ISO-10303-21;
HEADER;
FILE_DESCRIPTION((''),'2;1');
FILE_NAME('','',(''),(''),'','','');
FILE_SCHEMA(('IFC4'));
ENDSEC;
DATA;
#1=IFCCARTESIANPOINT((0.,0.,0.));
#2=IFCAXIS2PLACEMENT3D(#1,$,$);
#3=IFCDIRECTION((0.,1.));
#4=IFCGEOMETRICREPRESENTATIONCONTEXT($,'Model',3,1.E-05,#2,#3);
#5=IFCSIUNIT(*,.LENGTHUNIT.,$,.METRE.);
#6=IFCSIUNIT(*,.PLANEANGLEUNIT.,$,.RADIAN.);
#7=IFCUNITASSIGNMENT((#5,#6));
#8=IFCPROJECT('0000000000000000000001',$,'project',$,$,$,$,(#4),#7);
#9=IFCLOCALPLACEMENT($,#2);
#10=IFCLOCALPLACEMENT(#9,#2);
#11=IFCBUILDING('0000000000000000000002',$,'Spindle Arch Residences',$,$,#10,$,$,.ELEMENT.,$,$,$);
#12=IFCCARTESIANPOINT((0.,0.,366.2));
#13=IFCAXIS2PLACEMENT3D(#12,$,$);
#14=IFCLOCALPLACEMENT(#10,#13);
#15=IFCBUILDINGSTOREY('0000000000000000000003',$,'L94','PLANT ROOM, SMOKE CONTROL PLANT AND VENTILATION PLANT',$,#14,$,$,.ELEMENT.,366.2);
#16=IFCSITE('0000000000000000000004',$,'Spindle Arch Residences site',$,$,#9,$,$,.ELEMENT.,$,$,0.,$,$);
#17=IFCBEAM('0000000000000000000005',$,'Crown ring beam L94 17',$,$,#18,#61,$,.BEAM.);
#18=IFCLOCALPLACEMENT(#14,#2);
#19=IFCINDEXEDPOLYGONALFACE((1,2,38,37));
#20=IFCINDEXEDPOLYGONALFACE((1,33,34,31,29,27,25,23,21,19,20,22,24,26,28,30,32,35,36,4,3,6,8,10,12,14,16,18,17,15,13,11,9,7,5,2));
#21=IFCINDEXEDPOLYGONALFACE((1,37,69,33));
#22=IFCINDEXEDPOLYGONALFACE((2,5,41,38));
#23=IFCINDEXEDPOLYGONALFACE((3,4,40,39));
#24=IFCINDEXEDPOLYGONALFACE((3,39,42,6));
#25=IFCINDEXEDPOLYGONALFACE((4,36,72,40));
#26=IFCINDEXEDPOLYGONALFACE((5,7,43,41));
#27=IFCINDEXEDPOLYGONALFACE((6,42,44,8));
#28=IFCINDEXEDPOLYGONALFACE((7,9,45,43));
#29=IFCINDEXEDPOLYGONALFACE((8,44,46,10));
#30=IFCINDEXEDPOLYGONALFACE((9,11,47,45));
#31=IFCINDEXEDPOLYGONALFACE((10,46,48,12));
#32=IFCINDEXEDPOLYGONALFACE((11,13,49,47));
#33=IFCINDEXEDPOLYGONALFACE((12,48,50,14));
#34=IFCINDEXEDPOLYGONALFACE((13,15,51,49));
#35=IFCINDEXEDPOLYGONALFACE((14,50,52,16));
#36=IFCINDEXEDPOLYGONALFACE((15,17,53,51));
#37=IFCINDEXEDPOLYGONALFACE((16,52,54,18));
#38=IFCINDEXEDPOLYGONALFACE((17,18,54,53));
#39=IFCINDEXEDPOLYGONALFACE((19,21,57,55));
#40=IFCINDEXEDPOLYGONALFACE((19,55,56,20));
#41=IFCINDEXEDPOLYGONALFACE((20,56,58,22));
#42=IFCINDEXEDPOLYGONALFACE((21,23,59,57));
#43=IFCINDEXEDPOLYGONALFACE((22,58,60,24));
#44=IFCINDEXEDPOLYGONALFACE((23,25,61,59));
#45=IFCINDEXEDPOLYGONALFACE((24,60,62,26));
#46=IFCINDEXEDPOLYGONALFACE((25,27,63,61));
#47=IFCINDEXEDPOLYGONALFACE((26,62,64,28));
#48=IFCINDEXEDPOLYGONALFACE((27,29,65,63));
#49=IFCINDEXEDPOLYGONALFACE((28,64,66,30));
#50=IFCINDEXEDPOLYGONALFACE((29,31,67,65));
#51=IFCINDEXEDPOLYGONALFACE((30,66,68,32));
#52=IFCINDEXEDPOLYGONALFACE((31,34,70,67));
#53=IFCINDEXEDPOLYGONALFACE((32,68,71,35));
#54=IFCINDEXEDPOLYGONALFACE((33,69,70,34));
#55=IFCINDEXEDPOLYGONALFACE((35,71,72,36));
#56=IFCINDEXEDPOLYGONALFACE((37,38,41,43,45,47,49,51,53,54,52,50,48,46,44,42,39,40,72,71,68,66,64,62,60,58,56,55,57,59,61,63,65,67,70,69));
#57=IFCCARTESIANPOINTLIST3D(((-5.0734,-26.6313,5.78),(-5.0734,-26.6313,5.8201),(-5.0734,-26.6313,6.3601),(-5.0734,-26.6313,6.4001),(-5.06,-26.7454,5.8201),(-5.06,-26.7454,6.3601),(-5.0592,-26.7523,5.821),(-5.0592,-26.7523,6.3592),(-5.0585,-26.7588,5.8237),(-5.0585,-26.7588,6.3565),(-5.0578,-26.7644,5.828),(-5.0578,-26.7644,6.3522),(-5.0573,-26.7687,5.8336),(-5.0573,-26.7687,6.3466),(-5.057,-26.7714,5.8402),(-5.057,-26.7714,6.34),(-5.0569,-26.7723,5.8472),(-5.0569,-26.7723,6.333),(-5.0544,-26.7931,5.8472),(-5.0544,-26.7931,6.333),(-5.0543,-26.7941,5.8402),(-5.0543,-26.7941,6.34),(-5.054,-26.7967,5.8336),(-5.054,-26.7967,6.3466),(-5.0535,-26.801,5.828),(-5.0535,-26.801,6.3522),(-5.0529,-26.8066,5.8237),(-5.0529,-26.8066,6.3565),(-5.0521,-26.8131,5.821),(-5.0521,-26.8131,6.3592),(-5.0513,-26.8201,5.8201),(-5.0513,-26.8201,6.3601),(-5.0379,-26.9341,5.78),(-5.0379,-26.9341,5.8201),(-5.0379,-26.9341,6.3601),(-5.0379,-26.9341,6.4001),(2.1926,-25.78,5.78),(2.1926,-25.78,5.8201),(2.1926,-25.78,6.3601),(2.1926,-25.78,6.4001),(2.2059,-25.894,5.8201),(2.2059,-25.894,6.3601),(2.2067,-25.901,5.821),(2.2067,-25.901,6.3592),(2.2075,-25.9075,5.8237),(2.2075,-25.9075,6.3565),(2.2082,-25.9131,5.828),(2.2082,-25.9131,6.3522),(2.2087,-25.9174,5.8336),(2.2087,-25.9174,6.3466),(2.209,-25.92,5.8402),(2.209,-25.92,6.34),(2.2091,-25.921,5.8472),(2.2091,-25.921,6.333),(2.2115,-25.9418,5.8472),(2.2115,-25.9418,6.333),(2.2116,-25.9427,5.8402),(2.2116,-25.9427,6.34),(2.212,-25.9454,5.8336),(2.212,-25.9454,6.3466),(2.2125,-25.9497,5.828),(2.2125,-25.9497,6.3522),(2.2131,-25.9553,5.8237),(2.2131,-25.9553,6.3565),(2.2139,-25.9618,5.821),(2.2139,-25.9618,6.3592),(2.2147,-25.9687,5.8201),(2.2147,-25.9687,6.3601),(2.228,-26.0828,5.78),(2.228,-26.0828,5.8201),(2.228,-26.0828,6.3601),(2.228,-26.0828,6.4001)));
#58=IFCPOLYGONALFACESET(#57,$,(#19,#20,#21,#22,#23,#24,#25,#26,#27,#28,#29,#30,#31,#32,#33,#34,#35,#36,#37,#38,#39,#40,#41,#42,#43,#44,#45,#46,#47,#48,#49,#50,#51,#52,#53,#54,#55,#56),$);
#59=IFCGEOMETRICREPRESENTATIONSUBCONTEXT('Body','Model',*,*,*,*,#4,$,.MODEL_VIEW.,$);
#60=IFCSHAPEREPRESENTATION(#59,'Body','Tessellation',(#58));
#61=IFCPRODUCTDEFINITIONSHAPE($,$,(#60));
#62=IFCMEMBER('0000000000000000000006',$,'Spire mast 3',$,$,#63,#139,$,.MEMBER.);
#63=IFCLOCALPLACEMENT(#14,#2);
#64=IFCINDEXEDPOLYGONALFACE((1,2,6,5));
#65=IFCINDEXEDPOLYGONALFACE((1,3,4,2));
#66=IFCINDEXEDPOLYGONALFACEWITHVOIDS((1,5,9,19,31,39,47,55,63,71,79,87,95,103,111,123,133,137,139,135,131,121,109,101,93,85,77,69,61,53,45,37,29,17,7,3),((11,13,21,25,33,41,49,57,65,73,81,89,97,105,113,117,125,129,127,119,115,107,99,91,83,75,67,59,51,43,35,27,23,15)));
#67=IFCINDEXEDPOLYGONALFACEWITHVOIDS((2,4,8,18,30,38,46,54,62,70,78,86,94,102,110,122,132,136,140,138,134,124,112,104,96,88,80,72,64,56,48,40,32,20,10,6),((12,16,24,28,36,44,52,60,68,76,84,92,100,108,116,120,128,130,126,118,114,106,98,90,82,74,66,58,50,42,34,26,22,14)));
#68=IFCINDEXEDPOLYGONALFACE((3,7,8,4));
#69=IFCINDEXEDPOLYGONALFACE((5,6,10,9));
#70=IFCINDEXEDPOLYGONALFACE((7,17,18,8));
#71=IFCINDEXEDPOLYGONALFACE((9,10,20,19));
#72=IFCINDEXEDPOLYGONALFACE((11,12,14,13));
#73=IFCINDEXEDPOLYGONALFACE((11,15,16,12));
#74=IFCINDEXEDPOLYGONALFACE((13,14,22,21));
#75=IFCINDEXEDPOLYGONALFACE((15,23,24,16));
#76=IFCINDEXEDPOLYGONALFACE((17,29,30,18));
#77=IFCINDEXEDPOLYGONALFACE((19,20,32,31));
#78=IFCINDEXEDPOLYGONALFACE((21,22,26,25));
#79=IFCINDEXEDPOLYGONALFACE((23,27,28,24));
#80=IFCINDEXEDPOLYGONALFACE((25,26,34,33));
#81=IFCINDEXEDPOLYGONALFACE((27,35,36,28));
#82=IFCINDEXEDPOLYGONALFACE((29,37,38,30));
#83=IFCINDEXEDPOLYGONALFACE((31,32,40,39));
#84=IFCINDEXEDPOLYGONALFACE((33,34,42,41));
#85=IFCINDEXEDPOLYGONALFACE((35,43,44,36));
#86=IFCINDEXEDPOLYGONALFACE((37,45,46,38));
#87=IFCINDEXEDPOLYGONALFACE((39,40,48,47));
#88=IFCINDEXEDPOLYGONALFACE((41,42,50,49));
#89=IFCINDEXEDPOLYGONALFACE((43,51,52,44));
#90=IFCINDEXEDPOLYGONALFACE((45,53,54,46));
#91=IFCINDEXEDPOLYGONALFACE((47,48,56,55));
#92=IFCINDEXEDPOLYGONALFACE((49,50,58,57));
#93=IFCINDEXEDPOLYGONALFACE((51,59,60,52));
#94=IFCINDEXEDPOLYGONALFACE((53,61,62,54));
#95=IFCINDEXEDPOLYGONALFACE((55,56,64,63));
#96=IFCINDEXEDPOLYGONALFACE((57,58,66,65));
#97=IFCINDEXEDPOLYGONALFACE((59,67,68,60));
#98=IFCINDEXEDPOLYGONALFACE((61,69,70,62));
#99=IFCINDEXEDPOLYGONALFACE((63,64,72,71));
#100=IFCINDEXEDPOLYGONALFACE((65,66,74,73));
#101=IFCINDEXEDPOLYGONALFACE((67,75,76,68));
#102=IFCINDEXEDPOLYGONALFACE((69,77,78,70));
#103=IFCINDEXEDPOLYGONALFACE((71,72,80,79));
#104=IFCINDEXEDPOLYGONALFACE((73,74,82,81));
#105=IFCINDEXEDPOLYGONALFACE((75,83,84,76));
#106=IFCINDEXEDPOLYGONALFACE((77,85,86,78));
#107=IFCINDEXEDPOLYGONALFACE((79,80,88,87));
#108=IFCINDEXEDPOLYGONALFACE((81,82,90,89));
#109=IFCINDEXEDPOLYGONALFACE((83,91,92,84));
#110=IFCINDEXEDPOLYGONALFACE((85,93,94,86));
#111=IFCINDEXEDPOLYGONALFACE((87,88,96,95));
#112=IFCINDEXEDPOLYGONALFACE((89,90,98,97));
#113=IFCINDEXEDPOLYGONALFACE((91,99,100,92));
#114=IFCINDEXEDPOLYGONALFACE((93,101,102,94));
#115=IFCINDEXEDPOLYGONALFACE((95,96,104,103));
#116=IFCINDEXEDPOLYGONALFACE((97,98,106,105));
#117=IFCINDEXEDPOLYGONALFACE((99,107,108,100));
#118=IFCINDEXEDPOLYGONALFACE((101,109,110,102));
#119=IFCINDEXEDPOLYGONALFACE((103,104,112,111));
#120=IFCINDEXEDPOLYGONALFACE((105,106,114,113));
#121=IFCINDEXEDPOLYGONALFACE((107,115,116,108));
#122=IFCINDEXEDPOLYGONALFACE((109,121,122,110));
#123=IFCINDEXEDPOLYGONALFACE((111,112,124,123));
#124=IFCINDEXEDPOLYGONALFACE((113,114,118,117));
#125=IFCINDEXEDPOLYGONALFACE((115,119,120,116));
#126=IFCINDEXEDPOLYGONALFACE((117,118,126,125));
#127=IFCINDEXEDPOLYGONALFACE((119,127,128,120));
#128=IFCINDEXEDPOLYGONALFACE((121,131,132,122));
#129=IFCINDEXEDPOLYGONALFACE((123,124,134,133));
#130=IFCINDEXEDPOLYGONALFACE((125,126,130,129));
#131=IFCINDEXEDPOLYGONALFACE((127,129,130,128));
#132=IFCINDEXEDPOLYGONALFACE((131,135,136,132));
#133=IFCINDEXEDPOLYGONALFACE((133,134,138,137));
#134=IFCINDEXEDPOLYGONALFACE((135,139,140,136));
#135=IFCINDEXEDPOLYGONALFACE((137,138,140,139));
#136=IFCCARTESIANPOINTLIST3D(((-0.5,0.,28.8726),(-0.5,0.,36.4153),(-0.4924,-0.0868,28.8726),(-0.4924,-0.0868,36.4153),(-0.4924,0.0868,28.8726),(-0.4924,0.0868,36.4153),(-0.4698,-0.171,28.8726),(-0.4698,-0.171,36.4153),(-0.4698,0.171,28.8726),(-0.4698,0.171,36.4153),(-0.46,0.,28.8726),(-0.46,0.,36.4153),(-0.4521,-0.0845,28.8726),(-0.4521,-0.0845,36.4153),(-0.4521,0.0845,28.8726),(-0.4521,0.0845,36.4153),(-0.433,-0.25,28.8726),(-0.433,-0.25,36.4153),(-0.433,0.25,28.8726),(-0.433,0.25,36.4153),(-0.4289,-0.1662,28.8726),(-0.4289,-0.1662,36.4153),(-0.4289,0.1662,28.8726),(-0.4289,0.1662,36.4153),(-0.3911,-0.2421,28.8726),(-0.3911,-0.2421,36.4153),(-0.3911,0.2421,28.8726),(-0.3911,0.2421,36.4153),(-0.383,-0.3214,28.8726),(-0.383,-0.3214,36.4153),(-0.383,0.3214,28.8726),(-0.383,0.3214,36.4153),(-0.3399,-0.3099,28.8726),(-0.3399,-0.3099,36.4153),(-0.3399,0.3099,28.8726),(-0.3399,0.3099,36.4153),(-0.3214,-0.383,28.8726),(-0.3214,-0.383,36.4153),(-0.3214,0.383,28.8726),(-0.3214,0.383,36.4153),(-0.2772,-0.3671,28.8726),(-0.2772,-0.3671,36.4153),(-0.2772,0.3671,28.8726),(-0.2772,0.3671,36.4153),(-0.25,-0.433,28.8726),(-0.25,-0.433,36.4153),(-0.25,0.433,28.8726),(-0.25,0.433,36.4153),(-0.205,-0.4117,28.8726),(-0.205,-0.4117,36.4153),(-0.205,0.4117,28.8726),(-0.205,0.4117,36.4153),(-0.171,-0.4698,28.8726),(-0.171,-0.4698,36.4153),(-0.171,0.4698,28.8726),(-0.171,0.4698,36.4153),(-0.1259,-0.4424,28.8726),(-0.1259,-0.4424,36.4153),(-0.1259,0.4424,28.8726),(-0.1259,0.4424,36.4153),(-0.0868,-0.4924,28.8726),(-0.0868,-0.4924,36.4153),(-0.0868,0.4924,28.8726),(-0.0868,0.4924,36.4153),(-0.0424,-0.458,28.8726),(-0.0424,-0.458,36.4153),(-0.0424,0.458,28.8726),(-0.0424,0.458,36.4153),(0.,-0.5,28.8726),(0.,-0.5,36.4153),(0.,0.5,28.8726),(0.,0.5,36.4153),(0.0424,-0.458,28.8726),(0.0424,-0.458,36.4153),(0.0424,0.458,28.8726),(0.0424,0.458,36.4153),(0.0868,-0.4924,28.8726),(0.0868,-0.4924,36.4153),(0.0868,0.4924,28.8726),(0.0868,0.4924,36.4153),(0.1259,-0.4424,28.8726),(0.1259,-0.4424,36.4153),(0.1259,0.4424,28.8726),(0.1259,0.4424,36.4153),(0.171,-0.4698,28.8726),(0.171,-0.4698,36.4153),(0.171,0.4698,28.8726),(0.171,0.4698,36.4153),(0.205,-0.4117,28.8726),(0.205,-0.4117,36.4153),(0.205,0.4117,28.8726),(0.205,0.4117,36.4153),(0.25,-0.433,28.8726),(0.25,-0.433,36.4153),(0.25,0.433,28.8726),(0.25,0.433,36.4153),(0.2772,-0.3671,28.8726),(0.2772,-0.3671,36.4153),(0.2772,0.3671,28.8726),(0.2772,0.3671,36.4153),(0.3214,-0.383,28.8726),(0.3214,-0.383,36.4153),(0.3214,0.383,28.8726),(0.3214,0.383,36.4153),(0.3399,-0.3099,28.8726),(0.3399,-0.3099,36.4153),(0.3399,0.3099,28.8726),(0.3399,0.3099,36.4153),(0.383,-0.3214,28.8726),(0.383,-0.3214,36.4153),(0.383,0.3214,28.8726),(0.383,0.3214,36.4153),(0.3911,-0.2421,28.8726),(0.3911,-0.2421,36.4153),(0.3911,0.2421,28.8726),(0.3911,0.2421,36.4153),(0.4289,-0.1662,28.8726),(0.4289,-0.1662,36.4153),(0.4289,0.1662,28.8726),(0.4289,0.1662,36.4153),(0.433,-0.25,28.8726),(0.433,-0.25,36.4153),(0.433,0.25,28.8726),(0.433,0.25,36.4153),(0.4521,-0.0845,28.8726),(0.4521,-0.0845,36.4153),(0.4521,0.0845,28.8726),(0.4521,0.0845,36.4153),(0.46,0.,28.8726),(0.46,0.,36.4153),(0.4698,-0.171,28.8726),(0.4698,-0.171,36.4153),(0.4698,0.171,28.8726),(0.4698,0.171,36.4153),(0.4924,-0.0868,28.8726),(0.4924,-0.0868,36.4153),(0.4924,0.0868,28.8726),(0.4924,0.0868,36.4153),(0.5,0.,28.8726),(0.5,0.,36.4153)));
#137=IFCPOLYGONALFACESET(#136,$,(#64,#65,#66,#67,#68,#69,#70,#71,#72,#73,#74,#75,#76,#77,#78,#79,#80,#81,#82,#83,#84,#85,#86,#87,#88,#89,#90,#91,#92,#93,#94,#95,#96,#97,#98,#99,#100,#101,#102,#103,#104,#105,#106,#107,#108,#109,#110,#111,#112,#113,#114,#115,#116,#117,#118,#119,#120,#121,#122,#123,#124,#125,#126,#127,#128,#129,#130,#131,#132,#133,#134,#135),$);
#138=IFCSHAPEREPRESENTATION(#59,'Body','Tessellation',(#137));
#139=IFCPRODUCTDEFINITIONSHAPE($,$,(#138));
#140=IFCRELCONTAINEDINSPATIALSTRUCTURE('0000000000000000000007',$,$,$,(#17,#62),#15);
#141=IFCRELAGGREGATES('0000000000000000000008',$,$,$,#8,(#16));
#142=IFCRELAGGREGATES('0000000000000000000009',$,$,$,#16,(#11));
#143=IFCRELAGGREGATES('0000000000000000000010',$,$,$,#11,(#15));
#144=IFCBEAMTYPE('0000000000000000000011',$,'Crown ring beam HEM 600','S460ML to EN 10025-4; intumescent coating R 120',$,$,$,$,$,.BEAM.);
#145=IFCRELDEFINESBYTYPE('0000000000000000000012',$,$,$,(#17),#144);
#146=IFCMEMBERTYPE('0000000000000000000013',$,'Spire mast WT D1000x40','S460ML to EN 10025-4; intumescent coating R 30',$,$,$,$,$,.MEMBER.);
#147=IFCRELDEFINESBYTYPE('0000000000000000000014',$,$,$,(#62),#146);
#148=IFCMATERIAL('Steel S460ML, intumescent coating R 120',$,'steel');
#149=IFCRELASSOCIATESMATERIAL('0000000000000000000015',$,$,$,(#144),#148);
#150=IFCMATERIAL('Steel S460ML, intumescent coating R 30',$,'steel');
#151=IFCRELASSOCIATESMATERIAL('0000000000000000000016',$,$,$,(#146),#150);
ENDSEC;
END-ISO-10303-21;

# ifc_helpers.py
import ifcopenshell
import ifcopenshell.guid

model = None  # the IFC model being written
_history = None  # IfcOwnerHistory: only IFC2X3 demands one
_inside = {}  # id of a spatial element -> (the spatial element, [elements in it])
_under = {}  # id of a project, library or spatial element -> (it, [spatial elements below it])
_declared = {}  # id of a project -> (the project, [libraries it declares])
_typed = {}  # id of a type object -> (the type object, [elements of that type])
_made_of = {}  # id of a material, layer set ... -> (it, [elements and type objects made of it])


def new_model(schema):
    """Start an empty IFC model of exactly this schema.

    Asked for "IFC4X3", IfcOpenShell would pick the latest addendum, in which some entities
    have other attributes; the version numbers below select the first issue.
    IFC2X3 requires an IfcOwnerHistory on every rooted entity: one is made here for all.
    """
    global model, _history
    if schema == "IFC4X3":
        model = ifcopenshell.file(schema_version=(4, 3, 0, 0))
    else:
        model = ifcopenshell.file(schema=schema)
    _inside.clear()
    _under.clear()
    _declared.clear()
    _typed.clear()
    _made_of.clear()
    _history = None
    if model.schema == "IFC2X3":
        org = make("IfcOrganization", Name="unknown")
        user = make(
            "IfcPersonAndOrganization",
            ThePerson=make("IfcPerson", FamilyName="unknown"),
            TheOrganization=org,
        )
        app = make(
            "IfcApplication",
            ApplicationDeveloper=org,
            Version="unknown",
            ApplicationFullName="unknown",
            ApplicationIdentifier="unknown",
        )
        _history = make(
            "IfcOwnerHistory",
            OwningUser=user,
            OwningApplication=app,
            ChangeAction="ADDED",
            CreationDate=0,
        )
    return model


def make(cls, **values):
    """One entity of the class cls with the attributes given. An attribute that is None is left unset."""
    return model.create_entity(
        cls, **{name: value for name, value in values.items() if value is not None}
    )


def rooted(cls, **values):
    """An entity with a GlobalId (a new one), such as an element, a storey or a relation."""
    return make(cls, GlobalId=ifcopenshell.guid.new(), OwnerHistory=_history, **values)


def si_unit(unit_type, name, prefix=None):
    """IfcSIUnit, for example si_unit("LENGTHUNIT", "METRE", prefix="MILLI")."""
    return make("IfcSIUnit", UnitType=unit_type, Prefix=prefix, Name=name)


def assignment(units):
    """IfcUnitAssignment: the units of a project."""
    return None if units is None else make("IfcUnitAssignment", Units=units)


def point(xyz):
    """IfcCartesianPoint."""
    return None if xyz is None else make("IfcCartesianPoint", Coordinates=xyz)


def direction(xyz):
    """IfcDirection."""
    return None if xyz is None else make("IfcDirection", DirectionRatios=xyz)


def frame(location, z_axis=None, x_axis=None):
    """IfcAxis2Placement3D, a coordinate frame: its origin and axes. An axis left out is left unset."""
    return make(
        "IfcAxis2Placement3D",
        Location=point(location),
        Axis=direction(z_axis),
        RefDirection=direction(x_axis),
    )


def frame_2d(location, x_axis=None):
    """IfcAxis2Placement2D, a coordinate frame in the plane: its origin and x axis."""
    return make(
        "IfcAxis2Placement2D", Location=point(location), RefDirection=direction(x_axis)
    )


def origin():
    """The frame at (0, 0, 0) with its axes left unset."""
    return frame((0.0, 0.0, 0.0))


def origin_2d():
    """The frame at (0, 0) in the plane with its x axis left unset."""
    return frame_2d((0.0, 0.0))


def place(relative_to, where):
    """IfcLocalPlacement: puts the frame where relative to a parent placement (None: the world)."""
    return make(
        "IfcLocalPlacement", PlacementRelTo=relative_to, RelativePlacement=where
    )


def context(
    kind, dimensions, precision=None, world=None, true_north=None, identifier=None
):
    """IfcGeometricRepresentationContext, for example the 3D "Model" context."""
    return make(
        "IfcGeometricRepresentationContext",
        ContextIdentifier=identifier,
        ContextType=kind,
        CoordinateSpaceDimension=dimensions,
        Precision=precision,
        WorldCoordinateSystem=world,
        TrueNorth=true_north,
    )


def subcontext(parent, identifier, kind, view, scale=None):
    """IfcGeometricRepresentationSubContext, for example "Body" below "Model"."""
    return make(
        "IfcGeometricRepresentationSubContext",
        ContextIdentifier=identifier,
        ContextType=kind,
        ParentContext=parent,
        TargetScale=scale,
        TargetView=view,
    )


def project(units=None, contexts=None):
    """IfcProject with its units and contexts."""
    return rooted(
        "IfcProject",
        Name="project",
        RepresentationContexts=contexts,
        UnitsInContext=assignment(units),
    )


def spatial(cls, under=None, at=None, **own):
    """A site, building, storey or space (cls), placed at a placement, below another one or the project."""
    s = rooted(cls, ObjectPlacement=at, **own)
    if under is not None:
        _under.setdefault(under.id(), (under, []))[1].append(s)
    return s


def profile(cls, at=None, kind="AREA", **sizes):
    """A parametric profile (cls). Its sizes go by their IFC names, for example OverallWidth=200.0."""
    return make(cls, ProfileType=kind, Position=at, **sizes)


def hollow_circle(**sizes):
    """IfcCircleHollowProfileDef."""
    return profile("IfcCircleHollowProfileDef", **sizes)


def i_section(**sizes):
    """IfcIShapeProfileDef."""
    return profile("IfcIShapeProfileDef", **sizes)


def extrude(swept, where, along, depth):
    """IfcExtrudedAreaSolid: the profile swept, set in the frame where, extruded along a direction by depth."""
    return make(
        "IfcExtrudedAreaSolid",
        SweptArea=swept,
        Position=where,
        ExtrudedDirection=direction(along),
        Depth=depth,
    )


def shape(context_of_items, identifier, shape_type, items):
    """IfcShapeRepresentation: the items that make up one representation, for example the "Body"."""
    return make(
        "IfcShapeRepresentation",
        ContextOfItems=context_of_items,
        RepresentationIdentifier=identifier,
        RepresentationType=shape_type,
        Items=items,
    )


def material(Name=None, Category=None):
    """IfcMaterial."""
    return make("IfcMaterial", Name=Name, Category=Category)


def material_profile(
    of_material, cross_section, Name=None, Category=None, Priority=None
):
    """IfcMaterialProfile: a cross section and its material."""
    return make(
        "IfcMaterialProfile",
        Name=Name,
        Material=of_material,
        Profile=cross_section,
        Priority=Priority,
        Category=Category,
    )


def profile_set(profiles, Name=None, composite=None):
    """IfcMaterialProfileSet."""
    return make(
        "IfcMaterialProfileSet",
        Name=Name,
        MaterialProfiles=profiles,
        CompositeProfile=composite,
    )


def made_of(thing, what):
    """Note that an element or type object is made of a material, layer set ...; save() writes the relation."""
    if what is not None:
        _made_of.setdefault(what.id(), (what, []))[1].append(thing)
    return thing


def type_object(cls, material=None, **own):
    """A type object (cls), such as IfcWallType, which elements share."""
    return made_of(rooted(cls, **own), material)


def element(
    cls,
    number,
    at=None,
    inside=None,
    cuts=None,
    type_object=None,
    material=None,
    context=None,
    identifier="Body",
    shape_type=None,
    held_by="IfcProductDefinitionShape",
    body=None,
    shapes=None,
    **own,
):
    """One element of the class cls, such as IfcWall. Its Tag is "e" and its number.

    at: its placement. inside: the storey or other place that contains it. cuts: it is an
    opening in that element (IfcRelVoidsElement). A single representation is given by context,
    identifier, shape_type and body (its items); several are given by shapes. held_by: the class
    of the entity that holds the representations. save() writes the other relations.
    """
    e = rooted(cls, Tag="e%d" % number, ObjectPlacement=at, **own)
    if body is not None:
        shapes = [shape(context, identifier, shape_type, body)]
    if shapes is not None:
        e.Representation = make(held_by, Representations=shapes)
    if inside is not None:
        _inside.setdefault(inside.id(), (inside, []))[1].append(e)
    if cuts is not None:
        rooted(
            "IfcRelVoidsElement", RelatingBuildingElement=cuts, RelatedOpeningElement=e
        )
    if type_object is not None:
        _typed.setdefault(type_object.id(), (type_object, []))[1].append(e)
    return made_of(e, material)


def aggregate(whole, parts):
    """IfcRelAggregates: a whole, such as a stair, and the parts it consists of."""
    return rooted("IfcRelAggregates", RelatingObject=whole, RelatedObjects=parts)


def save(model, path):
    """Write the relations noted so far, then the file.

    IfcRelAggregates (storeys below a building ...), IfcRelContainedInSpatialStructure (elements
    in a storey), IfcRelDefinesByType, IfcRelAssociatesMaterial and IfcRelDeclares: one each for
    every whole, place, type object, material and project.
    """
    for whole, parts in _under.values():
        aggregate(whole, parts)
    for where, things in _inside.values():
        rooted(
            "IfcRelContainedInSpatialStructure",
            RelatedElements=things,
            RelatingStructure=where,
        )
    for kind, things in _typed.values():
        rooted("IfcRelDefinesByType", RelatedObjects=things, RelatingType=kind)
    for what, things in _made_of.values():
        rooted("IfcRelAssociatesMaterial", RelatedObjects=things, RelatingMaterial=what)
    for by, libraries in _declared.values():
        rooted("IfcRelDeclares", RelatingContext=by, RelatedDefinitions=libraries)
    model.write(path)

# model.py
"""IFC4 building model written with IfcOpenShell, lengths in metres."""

from ifc_helpers import new_model, si_unit, direction, frame, origin, origin_2d, place, context, subcontext, project, spatial, hollow_circle, i_section, extrude, material, material_profile, profile_set, type_object, element, save


model = new_model("IFC4")

# Units and contexts
model_context = context("Model", 3, precision=1e-05, world=origin(), true_north=direction((0.0, 1.0)))
body_context = subcontext(model_context, "Body", "Model", "MODEL_VIEW")
ifc_project = project(units=[si_unit("LENGTHUNIT", "METRE"), si_unit("PLANEANGLEUNIT", "RADIAN")], contexts=[model_context])

# Site, building, storey
site_placement = place(None, origin())
site = spatial("IfcSite", under=ifc_project, at=site_placement, Name="Spindle Arch Residences site", CompositionType="ELEMENT", RefElevation=0.0)
building_placement = place(site_placement, origin())
building = spatial("IfcBuilding", under=site, at=building_placement, Name="Spindle Arch Residences", CompositionType="ELEMENT")
storey_placement = place(building_placement, frame((0.0, 0.0, 366.2)))
storey = spatial("IfcBuildingStorey", under=building, at=storey_placement, Name="L94", Description="PLANT ROOM, SMOKE CONTROL PLANT AND VENTILATION PLANT", CompositionType="ELEMENT", Elevation=366.2)

# Beam
ifc_material_1 = material(Name="Steel S460ML, intumescent coating R 120", Category="steel")
ifc_material_profile_1 = material_profile(ifc_material_1, i_section(OverallWidth=0.3049, OverallDepth=0.6201, WebThickness=0.021, FlangeThickness=0.04, FilletRadius=0.0271, at=origin_2d()), Name="HEM 600")
ifc_profile_set_1 = profile_set([ifc_material_profile_1], Name="Steel S460ML, intumescent coating R 120")
beam_type = type_object("IfcBeamType", Name="Crown ring beam HEM 600", Description="S460ML to EN 10025-4; intumescent coating R 120", PredefinedType="BEAM", material=ifc_profile_set_1)
for number, where, z_axis, x_axis, name in (
    (1, (-5.0557, -26.7827, 6.0901), (0.993206, 0.116371, 0.0), (-0.116371, 0.993206, 0.0), "Crown ring beam L94 17"),
):
    element("IfcBeam", number, at=place(storey_placement, frame(where, z_axis=z_axis, x_axis=x_axis)), inside=storey, type_object=beam_type, Name=name, PredefinedType="BEAM", context=body_context, shape_type="SweptSolid", body=[
        extrude(i_section(OverallWidth=0.3049, OverallDepth=0.6201, WebThickness=0.021, FlangeThickness=0.04, FilletRadius=0.0271, at=origin_2d()), origin(), (0.0, 0.0, 1.0), 7.3157),
    ])

# Member
ifc_material_2 = material(Name="Steel S460ML, intumescent coating R 30", Category="steel")
ifc_material_profile_2 = material_profile(ifc_material_2, hollow_circle(Radius=0.5, WallThickness=0.04, at=origin_2d()), Name="WT D1000x40")
ifc_profile_set_2 = profile_set([ifc_material_profile_2], Name="Steel S460ML, intumescent coating R 30")
member_type_1 = type_object("IfcMemberType", Name="Spire mast WT D1000x40", Description="S460ML to EN 10025-4; intumescent coating R 30", PredefinedType="MEMBER", material=ifc_profile_set_2)
member_1_placement = place(storey_placement, frame((0.0, 0.0, 28.8726), z_axis=(0.0, 0.0, 1.0), x_axis=(1.0, 0.0, 0.0)))
element("IfcMember", 2, at=member_1_placement, inside=storey, type_object=member_type_1, Name="Spire mast 3", PredefinedType="MEMBER", context=body_context, shape_type="SweptSolid", body=[
    extrude(hollow_circle(Radius=0.5, WallThickness=0.04, at=origin_2d()), origin(), (0.0, 0.0, 1.0), 7.5427),
])

save(model, "model.ifc")
